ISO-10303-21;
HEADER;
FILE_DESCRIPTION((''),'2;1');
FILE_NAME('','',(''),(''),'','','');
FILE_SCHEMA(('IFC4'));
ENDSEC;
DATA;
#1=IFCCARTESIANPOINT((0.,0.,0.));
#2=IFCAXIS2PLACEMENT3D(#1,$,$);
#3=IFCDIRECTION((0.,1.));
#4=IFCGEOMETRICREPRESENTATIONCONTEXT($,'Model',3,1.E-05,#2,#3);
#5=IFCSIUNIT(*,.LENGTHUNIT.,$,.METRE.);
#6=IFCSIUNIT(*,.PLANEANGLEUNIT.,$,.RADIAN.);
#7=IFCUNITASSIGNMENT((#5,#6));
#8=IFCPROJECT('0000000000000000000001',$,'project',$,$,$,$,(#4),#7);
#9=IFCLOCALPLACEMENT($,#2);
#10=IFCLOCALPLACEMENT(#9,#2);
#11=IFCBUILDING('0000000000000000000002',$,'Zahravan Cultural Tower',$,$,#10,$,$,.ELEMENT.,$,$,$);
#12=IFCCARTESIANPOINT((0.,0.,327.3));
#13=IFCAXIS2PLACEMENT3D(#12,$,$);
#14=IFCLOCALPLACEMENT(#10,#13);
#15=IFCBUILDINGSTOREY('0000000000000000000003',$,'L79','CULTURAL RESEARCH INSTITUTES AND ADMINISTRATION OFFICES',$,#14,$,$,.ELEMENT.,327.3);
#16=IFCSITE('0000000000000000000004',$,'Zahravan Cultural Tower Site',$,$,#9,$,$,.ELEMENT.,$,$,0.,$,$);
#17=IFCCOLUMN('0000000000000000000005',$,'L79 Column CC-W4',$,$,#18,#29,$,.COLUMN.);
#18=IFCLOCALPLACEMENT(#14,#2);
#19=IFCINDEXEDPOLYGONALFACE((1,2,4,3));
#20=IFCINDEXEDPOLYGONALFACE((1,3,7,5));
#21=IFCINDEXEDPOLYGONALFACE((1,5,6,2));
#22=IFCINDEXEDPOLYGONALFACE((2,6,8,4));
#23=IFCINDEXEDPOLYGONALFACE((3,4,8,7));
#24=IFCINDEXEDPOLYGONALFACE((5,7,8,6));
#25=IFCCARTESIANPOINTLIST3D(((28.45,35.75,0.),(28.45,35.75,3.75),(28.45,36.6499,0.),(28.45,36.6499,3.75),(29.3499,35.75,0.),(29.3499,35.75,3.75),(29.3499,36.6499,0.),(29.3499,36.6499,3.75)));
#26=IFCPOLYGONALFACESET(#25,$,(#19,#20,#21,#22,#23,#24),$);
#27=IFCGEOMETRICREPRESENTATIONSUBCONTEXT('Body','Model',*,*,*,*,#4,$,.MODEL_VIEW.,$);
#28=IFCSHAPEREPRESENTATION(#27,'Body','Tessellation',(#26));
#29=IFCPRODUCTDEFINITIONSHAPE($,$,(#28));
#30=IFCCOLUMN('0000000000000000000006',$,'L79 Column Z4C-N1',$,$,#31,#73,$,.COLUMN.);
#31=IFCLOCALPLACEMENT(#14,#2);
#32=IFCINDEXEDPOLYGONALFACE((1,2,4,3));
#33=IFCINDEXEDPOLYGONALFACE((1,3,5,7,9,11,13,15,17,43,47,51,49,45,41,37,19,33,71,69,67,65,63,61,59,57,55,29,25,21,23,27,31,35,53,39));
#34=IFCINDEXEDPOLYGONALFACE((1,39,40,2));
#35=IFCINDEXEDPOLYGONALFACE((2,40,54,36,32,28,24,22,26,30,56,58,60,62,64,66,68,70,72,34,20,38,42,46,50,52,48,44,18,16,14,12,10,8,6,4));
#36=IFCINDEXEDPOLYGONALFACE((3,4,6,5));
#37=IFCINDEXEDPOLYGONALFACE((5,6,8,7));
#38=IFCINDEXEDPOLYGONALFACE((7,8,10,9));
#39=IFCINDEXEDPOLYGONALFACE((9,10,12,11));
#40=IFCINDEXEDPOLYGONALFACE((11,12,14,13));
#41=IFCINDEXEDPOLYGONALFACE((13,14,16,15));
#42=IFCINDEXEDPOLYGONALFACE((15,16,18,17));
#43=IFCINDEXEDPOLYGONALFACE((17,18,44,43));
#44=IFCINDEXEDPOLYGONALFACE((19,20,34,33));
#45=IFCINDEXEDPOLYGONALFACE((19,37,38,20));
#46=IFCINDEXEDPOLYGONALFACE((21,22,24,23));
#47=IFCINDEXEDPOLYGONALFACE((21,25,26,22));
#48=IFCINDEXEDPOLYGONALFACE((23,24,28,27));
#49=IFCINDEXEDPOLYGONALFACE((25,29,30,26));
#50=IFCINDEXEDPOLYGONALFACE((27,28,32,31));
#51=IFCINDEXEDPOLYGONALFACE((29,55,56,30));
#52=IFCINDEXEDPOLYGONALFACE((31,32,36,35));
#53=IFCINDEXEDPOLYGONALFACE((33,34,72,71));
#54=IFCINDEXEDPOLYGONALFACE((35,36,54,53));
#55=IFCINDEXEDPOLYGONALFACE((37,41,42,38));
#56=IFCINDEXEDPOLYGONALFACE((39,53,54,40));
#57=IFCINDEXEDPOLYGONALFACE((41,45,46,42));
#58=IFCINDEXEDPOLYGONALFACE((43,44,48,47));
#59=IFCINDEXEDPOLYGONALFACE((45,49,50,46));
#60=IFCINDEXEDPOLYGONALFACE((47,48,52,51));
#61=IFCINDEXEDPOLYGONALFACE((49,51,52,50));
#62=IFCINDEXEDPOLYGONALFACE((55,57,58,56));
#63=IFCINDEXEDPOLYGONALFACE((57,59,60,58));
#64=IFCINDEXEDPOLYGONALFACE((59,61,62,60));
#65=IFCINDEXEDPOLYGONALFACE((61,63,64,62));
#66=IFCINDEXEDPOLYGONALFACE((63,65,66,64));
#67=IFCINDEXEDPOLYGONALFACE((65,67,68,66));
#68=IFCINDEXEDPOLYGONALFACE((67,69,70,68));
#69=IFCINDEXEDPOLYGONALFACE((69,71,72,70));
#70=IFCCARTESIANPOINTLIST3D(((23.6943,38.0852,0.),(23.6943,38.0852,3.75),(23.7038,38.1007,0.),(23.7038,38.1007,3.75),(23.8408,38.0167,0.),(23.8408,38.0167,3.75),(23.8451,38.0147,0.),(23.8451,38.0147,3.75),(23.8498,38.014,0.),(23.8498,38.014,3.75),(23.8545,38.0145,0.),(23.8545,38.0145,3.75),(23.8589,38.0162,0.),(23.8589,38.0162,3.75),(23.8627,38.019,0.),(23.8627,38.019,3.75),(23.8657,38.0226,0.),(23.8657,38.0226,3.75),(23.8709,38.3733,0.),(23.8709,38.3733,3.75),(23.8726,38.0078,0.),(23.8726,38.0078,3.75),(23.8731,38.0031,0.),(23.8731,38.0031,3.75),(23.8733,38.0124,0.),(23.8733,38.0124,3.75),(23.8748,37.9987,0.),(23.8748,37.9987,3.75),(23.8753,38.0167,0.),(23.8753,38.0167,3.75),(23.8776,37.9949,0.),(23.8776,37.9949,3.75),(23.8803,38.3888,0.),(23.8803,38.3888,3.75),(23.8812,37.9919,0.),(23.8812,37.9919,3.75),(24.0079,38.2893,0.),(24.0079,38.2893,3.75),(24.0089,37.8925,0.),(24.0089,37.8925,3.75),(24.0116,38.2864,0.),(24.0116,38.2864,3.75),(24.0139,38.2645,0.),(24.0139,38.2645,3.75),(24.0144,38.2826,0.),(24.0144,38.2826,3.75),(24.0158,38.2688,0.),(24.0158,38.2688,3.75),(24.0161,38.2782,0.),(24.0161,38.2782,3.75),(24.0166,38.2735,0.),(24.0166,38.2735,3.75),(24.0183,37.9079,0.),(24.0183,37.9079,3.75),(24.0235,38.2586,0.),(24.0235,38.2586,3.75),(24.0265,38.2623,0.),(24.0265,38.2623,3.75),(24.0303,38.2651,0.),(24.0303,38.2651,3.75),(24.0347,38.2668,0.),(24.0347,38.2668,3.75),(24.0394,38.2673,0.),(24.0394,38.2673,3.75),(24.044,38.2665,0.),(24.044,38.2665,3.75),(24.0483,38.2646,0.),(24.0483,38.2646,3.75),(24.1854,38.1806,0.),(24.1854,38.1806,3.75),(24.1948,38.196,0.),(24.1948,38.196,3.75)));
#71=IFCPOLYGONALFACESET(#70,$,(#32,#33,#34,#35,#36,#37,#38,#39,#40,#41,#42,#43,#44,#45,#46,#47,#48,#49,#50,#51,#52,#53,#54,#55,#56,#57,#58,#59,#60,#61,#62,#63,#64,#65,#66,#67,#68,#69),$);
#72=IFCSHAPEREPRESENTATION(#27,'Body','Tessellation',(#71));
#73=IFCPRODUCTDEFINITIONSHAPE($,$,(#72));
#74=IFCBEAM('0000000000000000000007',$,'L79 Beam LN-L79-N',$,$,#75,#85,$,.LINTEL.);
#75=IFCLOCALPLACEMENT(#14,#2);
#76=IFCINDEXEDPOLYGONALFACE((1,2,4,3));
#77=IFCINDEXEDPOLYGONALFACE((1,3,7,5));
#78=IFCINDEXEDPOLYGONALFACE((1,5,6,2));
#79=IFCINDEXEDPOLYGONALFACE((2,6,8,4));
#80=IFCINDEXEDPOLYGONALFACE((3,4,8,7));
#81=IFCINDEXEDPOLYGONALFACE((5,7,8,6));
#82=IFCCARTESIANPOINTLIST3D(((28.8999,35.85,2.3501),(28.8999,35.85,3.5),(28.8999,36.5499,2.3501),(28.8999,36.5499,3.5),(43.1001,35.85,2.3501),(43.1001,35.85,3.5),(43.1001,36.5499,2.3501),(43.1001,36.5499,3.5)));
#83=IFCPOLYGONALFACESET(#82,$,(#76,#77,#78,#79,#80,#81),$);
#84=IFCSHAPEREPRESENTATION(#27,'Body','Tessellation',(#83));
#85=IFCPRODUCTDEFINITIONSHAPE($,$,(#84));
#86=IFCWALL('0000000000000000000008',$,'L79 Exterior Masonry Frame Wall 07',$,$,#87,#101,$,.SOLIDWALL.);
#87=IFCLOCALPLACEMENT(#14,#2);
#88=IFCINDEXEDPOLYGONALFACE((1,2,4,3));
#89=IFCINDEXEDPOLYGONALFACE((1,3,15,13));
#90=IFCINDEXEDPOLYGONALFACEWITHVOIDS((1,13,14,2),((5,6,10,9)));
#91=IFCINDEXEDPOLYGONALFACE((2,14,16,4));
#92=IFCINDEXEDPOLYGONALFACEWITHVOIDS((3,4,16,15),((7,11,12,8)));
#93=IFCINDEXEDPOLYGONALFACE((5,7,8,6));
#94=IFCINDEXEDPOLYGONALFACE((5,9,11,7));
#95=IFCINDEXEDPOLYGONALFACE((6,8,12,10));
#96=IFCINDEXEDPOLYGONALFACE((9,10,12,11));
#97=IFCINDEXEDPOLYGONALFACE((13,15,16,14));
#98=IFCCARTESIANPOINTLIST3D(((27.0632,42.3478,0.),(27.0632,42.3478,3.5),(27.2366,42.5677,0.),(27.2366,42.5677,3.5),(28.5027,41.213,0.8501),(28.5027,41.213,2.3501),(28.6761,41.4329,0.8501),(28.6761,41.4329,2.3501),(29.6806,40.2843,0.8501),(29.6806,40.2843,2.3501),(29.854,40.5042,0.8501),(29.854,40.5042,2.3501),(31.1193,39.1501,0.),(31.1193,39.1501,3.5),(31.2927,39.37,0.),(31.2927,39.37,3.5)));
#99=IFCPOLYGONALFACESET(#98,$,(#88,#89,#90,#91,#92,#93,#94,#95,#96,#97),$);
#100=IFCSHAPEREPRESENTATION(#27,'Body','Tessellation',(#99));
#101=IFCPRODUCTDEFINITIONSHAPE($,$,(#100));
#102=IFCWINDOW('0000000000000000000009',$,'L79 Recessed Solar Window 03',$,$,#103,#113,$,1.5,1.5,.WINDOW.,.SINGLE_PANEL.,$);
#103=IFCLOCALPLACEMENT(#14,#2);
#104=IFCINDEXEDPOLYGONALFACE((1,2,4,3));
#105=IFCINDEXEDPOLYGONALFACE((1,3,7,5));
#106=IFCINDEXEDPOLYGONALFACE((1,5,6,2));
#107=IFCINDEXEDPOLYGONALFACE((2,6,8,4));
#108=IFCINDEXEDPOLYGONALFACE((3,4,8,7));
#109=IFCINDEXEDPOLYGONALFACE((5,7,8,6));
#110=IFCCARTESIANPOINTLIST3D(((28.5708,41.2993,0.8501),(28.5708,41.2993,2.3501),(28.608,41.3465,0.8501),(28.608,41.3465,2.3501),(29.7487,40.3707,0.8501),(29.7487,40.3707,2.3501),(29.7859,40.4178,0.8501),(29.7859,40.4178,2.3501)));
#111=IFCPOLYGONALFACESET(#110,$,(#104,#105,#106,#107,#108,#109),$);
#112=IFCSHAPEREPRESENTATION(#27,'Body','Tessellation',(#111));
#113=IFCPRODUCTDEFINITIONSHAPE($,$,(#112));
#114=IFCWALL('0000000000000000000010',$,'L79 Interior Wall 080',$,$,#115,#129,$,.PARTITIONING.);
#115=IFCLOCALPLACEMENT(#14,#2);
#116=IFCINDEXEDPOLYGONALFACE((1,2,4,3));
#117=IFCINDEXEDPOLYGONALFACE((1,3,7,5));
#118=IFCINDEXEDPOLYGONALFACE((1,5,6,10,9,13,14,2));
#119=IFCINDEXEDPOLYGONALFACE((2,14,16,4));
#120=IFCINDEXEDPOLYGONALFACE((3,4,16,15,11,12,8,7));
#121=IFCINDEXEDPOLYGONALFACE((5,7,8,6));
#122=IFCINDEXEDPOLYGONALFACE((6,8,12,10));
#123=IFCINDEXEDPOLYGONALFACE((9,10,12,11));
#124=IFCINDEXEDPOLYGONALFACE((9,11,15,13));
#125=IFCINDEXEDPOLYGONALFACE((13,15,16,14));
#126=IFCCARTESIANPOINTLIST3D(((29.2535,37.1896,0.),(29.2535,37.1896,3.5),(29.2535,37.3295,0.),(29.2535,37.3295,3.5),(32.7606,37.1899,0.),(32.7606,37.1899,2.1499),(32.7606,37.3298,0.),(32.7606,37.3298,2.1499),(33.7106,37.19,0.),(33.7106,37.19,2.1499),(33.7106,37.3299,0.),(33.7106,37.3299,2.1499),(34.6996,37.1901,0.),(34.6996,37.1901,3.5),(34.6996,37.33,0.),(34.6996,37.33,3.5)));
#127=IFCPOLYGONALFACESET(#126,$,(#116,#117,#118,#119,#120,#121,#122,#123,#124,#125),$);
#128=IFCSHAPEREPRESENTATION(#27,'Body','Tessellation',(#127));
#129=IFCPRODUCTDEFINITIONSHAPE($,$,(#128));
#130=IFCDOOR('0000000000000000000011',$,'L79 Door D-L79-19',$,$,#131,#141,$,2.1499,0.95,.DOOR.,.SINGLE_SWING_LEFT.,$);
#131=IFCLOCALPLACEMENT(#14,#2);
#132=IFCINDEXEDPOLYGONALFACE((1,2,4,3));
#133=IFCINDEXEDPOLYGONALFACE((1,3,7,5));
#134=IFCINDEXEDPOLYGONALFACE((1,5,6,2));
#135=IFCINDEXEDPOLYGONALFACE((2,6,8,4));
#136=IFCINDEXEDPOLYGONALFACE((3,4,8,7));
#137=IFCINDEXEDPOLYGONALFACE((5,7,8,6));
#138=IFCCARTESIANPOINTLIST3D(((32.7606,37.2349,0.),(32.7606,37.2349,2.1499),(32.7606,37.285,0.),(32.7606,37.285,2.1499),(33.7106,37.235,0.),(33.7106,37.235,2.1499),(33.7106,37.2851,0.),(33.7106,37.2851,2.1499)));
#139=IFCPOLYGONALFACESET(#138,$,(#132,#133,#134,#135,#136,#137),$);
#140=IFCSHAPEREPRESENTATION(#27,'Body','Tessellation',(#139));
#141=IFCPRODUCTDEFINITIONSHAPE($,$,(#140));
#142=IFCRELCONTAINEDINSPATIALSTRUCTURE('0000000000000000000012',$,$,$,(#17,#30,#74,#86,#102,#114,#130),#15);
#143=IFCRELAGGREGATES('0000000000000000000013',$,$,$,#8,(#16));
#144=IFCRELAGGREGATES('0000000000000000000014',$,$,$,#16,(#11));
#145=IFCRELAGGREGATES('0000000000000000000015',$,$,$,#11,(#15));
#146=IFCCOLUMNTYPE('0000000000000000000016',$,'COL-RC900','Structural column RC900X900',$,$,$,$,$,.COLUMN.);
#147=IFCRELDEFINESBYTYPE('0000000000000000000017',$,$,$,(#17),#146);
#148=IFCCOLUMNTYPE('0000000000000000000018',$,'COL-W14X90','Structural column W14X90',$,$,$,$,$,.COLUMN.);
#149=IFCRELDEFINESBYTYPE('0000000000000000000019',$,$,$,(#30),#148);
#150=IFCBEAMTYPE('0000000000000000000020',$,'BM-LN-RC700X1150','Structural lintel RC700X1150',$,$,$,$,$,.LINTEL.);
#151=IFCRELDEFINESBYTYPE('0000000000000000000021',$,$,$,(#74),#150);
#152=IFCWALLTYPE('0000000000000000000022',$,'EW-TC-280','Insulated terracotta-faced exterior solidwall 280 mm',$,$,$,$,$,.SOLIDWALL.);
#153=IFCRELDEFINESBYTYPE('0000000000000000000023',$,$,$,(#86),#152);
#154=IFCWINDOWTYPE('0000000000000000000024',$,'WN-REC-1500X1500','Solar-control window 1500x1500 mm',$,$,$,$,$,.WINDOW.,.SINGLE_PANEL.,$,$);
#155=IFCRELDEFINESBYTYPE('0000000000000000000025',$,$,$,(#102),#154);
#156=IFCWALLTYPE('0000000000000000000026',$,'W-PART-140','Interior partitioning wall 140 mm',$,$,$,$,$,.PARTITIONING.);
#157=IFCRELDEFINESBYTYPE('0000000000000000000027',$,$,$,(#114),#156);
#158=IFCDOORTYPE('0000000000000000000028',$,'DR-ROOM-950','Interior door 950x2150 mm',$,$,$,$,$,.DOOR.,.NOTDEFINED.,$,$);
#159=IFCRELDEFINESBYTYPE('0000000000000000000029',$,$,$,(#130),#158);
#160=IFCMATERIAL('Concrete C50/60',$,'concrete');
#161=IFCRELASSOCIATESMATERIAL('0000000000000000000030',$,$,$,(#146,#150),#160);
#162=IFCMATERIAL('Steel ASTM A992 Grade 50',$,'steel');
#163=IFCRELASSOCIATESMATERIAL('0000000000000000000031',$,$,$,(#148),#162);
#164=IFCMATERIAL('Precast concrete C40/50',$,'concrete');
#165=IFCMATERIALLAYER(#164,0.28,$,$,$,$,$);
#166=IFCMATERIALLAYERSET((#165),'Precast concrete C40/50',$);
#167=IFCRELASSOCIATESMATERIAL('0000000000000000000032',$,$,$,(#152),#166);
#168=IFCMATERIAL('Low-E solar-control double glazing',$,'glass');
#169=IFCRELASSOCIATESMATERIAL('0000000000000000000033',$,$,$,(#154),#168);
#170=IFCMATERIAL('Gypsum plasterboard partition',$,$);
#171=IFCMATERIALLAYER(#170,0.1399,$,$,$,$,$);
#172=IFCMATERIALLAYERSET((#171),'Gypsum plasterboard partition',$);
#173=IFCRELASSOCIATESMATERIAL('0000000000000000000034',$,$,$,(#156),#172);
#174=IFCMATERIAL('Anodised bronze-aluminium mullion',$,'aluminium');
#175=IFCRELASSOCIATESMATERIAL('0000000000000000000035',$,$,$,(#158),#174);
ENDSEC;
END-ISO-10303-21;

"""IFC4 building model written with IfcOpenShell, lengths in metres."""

from ifc_helpers import new_model, si_unit, direction, frame, frame_2d, origin, origin_2d, place, context, subcontext, project, spatial, rectangle, i_section, extrude, source, transform, mapped, material, layer, layer_set, material_profile, profile_set, type_object, element, fill, save


model = new_model("IFC4")

# Units and contexts
model_context = context("Model", 3, precision=1e-05, world=origin(), true_north=direction((0.0, 1.0)))
body_context = subcontext(model_context, "Body", "Model", "MODEL_VIEW")
ifc_project = project(units=[si_unit("LENGTHUNIT", "METRE"), si_unit("PLANEANGLEUNIT", "RADIAN")], contexts=[model_context])

# Site, building, storey
site_placement = place(None, origin())
site = spatial("IfcSite", under=ifc_project, at=site_placement, Name="Zahravan Cultural Tower Site", CompositionType="ELEMENT", RefElevation=0.0)
building_placement = place(site_placement, origin())
building = spatial("IfcBuilding", under=site, at=building_placement, Name="Zahravan Cultural Tower", CompositionType="ELEMENT")
storey_placement = place(building_placement, frame((0.0, 0.0, 327.3)))
storey = spatial("IfcBuildingStorey", under=building, at=storey_placement, Name="L79", Description="CULTURAL RESEARCH INSTITUTES AND ADMINISTRATION OFFICES", CompositionType="ELEMENT", Elevation=327.3)

# Columns
ifc_material_1 = material(Name="Concrete C50/60", Category="concrete")
ifc_material_profile_1 = material_profile(ifc_material_1, rectangle(XDim=0.8999, YDim=0.8999, at=origin_2d()), Name="RC900X900")
ifc_profile_set_1 = profile_set([ifc_material_profile_1], Name="Concrete C50/60")
column_type_1 = type_object("IfcColumnType", Name="COL-RC900", Description="Structural column RC900X900", PredefinedType="COLUMN", material=ifc_profile_set_1)
shared_shape_1 = source(origin(), body_context, "Body", "SweptSolid", [
    extrude(rectangle(XDim=0.8999, YDim=0.8999, at=origin_2d()), origin(), (0.0, 0.0, 1.0), 3.75),
])
column_1_placement = place(storey_placement, frame((28.8999, 36.2, 0.0), z_axis=(0.0, 0.0, 1.0), x_axis=(1.0, 0.0, 0.0)))
element("IfcColumn", 1, at=column_1_placement, inside=storey, type_object=column_type_1, Name="L79 Column CC-W4", PredefinedType="COLUMN", context=body_context, shape_type="MappedRepresentation", body=[
    mapped(shared_shape_1, transform((0.0, 0.0, 0.0), x_axis=(1.0, 0.0, 0.0), y_axis=(0.0, 1.0, 0.0), z_axis=(0.0, 0.0, 1.0), scale=1.0)),
])
ifc_material_2 = material(Name="Steel ASTM A992 Grade 50", Category="steel")
ifc_material_profile_2 = material_profile(ifc_material_2, i_section(OverallWidth=0.3689, OverallDepth=0.356, WebThickness=0.0112, FlangeThickness=0.0181, FilletRadius=0.0181, at=origin_2d()), Name="W14X90")
ifc_profile_set_2 = profile_set([ifc_material_profile_2], Name="Steel ASTM A992 Grade 50")
column_type_2 = type_object("IfcColumnType", Name="COL-W14X90", Description="Structural column W14X90", PredefinedType="COLUMN", material=ifc_profile_set_2)
shared_shape_2 = source(origin(), body_context, "Body", "SweptSolid", [
    extrude(i_section(OverallWidth=0.3689, OverallDepth=0.356, WebThickness=0.0112, FlangeThickness=0.0181, FilletRadius=0.0181, at=origin_2d()), origin(), (0.0, 0.0, 1.0), 3.75),
])
column_2_placement = place(storey_placement, frame((23.9446, 38.1406, 0.0), z_axis=(0.0, 0.0, 1.0), x_axis=(-0.85264, 0.522499, 0.0)))
element("IfcColumn", 2, at=column_2_placement, inside=storey, type_object=column_type_2, Name="L79 Column Z4C-N1", PredefinedType="COLUMN", context=body_context, shape_type="MappedRepresentation", body=[
    mapped(shared_shape_2, transform((0.0, 0.0, 0.0), x_axis=(1.0, 0.0, 0.0), y_axis=(0.0, 1.0, 0.0), z_axis=(0.0, 0.0, 1.0), scale=1.0)),
])

# Beam
ifc_material_profile_3 = material_profile(ifc_material_1, rectangle(XDim=0.7, YDim=1.1499, at=origin_2d()), Name="RC700X1150")
ifc_profile_set_3 = profile_set([ifc_material_profile_3], Name="Concrete C50/60")
beam_type = type_object("IfcBeamType", Name="BM-LN-RC700X1150", Description="Structural lintel RC700X1150", PredefinedType="LINTEL", material=ifc_profile_set_3)
shared_shape_3 = source(origin(), body_context, "Body", "SweptSolid", [
    extrude(rectangle(XDim=0.7, YDim=1.1499, at=origin_2d()), origin(), (0.0, 0.0, 1.0), 14.2002),
])
beam_placement = place(storey_placement, frame((28.8999, 36.2, 2.925), z_axis=(1.0, 0.0, 0.0), x_axis=(0.0, 1.0, 0.0)))
element("IfcBeam", 3, at=beam_placement, inside=storey, type_object=beam_type, Name="L79 Beam LN-L79-N", PredefinedType="LINTEL", context=body_context, shape_type="MappedRepresentation", body=[
    mapped(shared_shape_3, transform((0.0, 0.0, 0.0), x_axis=(1.0, 0.0, 0.0), y_axis=(0.0, 1.0, 0.0), z_axis=(0.0, 0.0, 1.0), scale=1.0)),
])

# Wall, opening, window
ifc_material_3 = material(Name="Precast concrete C40/50", Category="concrete")
ifc_layer_1 = layer(ifc_material_3, 0.28)
ifc_layer_set_1 = layer_set([ifc_layer_1], Name="Precast concrete C40/50")
wall_type_1 = type_object("IfcWallType", Name="EW-TC-280", Description="Insulated terracotta-faced exterior solidwall 280 mm", PredefinedType="SOLIDWALL", material=ifc_layer_set_1)
wall_1_placement = place(storey_placement, frame((27.1499, 42.4578, 0.0), z_axis=(0.0, 0.0, 1.0), x_axis=(0.785304, -0.619111, 0.0)))
wall_1 = element("IfcWall", 4, at=wall_1_placement, inside=storey, type_object=wall_type_1, Name="L79 Exterior Masonry Frame Wall 07", PredefinedType="SOLIDWALL", context=body_context, shape_type="SweptSolid", body=[
    extrude(rectangle(XDim=5.165, YDim=0.28, at=frame_2d((2.5825, 0.0))), origin(), (0.0, 0.0, 1.0), 3.5),
])
opening_1_placement = place(wall_1_placement, frame((1.833, 0.0, 0.8501)))
opening_1 = element("IfcOpeningElement", 5, at=opening_1_placement, cuts=wall_1, PredefinedType="OPENING", context=body_context, shape_type="SweptSolid", body=[
    extrude(rectangle(XDim=1.5, YDim=1.5, at=frame_2d((0.75, 0.75))), frame((0.0, 0.1499, 0.0), z_axis=(0.0, -1.0, 0.0), x_axis=(1.0, 0.0, 0.0)), (0.0, 0.0, 1.0), 0.3),
])
ifc_material_4 = material(Name="Low-E solar-control double glazing", Category="glass")
window_type = type_object("IfcWindowType", Name="WN-REC-1500X1500", Description="Solar-control window 1500x1500 mm", PartitioningType="SINGLE_PANEL", PredefinedType="WINDOW", material=ifc_material_4)
shared_shape_4 = source(origin(), body_context, "Body", "SweptSolid", [
    extrude(rectangle(XDim=1.5, YDim=1.5, at=frame_2d((0.75, 0.75))), frame((0.0, 0.03, 0.0), z_axis=(0.0, -1.0, 0.0), x_axis=(1.0, 0.0, 0.0)), (0.0, 0.0, 1.0), 0.0601),
])
window_placement = place(opening_1_placement, origin())
window = element("IfcWindow", 6, at=window_placement, inside=storey, type_object=window_type, Name="L79 Recessed Solar Window 03", OverallHeight=1.5, OverallWidth=1.5, PartitioningType="SINGLE_PANEL", PredefinedType="WINDOW", context=body_context, shape_type="MappedRepresentation", body=[
    mapped(shared_shape_4, transform((0.0, 0.0, 0.0), x_axis=(1.0, 0.0, 0.0), y_axis=(0.0, 1.0, 0.0), z_axis=(0.0, 0.0, 1.0), scale=1.0)),
])
fill(opening_1, window)

# Wall, opening, door
ifc_material_5 = material(Name="Gypsum plasterboard partition")
ifc_layer_2 = layer(ifc_material_5, 0.1399)
ifc_layer_set_2 = layer_set([ifc_layer_2], Name="Gypsum plasterboard partition")
wall_type_2 = type_object("IfcWallType", Name="W-PART-140", Description="Interior partitioning wall 140 mm", PredefinedType="PARTITIONING", material=ifc_layer_set_2)
wall_2_placement = place(storey_placement, frame((34.6997, 37.26, 0.0), z_axis=(0.0, 0.0, 1.0), x_axis=(-1.0, -0.00009, 0.0)))
wall_2 = element("IfcWall", 7, at=wall_2_placement, inside=storey, type_object=wall_type_2, Name="L79 Interior Wall 080", PredefinedType="PARTITIONING", context=body_context, shape_type="SweptSolid", body=[
    extrude(rectangle(XDim=5.446, YDim=0.1399, at=frame_2d((2.7231, 0.0))), origin(), (0.0, 0.0, 1.0), 3.5),
])
opening_2_placement = place(wall_2_placement, frame((0.989, 0.0, 0.0)))
opening_2 = element("IfcOpeningElement", 8, at=opening_2_placement, cuts=wall_2, PredefinedType="OPENING", context=body_context, shape_type="SweptSolid", body=[
    extrude(rectangle(XDim=0.95, YDim=2.1499, at=frame_2d((0.4751, 1.075))), frame((0.0, 0.0798, 0.0), z_axis=(0.0, -1.0, 0.0), x_axis=(1.0, 0.0, 0.0)), (0.0, 0.0, 1.0), 0.1599),
])
ifc_material_6 = material(Name="Anodised bronze-aluminium mullion", Category="aluminium")
door_type_1 = type_object("IfcDoorType", Name="DR-ROOM-950", Description="Interior door 950x2150 mm", OperationType="NOTDEFINED", PredefinedType="DOOR", material=ifc_material_6)
shared_shape_5 = source(origin(), body_context, "Body", "SweptSolid", [
    extrude(rectangle(XDim=0.95, YDim=2.1499, at=frame_2d((0.4751, 1.075))), frame((0.0, 0.0249, 0.0), z_axis=(0.0, -1.0, 0.0), x_axis=(1.0, 0.0, 0.0)), (0.0, 0.0, 1.0), 0.05),
])
door_1_placement = place(opening_2_placement, origin())
door_1 = element("IfcDoor", 9, at=door_1_placement, inside=storey, type_object=door_type_1, Name="L79 Door D-L79-19", OperationType="SINGLE_SWING_LEFT", OverallHeight=2.1499, OverallWidth=0.95, PredefinedType="DOOR", context=body_context, shape_type="MappedRepresentation", body=[
    mapped(shared_shape_5, transform((0.0, 0.0, 0.0), x_axis=(1.0, 0.0, 0.0), y_axis=(0.0, 1.0, 0.0), z_axis=(0.0, 0.0, 1.0), scale=1.0)),
])
fill(opening_2, door_1)

save(model, "model.ifc")
